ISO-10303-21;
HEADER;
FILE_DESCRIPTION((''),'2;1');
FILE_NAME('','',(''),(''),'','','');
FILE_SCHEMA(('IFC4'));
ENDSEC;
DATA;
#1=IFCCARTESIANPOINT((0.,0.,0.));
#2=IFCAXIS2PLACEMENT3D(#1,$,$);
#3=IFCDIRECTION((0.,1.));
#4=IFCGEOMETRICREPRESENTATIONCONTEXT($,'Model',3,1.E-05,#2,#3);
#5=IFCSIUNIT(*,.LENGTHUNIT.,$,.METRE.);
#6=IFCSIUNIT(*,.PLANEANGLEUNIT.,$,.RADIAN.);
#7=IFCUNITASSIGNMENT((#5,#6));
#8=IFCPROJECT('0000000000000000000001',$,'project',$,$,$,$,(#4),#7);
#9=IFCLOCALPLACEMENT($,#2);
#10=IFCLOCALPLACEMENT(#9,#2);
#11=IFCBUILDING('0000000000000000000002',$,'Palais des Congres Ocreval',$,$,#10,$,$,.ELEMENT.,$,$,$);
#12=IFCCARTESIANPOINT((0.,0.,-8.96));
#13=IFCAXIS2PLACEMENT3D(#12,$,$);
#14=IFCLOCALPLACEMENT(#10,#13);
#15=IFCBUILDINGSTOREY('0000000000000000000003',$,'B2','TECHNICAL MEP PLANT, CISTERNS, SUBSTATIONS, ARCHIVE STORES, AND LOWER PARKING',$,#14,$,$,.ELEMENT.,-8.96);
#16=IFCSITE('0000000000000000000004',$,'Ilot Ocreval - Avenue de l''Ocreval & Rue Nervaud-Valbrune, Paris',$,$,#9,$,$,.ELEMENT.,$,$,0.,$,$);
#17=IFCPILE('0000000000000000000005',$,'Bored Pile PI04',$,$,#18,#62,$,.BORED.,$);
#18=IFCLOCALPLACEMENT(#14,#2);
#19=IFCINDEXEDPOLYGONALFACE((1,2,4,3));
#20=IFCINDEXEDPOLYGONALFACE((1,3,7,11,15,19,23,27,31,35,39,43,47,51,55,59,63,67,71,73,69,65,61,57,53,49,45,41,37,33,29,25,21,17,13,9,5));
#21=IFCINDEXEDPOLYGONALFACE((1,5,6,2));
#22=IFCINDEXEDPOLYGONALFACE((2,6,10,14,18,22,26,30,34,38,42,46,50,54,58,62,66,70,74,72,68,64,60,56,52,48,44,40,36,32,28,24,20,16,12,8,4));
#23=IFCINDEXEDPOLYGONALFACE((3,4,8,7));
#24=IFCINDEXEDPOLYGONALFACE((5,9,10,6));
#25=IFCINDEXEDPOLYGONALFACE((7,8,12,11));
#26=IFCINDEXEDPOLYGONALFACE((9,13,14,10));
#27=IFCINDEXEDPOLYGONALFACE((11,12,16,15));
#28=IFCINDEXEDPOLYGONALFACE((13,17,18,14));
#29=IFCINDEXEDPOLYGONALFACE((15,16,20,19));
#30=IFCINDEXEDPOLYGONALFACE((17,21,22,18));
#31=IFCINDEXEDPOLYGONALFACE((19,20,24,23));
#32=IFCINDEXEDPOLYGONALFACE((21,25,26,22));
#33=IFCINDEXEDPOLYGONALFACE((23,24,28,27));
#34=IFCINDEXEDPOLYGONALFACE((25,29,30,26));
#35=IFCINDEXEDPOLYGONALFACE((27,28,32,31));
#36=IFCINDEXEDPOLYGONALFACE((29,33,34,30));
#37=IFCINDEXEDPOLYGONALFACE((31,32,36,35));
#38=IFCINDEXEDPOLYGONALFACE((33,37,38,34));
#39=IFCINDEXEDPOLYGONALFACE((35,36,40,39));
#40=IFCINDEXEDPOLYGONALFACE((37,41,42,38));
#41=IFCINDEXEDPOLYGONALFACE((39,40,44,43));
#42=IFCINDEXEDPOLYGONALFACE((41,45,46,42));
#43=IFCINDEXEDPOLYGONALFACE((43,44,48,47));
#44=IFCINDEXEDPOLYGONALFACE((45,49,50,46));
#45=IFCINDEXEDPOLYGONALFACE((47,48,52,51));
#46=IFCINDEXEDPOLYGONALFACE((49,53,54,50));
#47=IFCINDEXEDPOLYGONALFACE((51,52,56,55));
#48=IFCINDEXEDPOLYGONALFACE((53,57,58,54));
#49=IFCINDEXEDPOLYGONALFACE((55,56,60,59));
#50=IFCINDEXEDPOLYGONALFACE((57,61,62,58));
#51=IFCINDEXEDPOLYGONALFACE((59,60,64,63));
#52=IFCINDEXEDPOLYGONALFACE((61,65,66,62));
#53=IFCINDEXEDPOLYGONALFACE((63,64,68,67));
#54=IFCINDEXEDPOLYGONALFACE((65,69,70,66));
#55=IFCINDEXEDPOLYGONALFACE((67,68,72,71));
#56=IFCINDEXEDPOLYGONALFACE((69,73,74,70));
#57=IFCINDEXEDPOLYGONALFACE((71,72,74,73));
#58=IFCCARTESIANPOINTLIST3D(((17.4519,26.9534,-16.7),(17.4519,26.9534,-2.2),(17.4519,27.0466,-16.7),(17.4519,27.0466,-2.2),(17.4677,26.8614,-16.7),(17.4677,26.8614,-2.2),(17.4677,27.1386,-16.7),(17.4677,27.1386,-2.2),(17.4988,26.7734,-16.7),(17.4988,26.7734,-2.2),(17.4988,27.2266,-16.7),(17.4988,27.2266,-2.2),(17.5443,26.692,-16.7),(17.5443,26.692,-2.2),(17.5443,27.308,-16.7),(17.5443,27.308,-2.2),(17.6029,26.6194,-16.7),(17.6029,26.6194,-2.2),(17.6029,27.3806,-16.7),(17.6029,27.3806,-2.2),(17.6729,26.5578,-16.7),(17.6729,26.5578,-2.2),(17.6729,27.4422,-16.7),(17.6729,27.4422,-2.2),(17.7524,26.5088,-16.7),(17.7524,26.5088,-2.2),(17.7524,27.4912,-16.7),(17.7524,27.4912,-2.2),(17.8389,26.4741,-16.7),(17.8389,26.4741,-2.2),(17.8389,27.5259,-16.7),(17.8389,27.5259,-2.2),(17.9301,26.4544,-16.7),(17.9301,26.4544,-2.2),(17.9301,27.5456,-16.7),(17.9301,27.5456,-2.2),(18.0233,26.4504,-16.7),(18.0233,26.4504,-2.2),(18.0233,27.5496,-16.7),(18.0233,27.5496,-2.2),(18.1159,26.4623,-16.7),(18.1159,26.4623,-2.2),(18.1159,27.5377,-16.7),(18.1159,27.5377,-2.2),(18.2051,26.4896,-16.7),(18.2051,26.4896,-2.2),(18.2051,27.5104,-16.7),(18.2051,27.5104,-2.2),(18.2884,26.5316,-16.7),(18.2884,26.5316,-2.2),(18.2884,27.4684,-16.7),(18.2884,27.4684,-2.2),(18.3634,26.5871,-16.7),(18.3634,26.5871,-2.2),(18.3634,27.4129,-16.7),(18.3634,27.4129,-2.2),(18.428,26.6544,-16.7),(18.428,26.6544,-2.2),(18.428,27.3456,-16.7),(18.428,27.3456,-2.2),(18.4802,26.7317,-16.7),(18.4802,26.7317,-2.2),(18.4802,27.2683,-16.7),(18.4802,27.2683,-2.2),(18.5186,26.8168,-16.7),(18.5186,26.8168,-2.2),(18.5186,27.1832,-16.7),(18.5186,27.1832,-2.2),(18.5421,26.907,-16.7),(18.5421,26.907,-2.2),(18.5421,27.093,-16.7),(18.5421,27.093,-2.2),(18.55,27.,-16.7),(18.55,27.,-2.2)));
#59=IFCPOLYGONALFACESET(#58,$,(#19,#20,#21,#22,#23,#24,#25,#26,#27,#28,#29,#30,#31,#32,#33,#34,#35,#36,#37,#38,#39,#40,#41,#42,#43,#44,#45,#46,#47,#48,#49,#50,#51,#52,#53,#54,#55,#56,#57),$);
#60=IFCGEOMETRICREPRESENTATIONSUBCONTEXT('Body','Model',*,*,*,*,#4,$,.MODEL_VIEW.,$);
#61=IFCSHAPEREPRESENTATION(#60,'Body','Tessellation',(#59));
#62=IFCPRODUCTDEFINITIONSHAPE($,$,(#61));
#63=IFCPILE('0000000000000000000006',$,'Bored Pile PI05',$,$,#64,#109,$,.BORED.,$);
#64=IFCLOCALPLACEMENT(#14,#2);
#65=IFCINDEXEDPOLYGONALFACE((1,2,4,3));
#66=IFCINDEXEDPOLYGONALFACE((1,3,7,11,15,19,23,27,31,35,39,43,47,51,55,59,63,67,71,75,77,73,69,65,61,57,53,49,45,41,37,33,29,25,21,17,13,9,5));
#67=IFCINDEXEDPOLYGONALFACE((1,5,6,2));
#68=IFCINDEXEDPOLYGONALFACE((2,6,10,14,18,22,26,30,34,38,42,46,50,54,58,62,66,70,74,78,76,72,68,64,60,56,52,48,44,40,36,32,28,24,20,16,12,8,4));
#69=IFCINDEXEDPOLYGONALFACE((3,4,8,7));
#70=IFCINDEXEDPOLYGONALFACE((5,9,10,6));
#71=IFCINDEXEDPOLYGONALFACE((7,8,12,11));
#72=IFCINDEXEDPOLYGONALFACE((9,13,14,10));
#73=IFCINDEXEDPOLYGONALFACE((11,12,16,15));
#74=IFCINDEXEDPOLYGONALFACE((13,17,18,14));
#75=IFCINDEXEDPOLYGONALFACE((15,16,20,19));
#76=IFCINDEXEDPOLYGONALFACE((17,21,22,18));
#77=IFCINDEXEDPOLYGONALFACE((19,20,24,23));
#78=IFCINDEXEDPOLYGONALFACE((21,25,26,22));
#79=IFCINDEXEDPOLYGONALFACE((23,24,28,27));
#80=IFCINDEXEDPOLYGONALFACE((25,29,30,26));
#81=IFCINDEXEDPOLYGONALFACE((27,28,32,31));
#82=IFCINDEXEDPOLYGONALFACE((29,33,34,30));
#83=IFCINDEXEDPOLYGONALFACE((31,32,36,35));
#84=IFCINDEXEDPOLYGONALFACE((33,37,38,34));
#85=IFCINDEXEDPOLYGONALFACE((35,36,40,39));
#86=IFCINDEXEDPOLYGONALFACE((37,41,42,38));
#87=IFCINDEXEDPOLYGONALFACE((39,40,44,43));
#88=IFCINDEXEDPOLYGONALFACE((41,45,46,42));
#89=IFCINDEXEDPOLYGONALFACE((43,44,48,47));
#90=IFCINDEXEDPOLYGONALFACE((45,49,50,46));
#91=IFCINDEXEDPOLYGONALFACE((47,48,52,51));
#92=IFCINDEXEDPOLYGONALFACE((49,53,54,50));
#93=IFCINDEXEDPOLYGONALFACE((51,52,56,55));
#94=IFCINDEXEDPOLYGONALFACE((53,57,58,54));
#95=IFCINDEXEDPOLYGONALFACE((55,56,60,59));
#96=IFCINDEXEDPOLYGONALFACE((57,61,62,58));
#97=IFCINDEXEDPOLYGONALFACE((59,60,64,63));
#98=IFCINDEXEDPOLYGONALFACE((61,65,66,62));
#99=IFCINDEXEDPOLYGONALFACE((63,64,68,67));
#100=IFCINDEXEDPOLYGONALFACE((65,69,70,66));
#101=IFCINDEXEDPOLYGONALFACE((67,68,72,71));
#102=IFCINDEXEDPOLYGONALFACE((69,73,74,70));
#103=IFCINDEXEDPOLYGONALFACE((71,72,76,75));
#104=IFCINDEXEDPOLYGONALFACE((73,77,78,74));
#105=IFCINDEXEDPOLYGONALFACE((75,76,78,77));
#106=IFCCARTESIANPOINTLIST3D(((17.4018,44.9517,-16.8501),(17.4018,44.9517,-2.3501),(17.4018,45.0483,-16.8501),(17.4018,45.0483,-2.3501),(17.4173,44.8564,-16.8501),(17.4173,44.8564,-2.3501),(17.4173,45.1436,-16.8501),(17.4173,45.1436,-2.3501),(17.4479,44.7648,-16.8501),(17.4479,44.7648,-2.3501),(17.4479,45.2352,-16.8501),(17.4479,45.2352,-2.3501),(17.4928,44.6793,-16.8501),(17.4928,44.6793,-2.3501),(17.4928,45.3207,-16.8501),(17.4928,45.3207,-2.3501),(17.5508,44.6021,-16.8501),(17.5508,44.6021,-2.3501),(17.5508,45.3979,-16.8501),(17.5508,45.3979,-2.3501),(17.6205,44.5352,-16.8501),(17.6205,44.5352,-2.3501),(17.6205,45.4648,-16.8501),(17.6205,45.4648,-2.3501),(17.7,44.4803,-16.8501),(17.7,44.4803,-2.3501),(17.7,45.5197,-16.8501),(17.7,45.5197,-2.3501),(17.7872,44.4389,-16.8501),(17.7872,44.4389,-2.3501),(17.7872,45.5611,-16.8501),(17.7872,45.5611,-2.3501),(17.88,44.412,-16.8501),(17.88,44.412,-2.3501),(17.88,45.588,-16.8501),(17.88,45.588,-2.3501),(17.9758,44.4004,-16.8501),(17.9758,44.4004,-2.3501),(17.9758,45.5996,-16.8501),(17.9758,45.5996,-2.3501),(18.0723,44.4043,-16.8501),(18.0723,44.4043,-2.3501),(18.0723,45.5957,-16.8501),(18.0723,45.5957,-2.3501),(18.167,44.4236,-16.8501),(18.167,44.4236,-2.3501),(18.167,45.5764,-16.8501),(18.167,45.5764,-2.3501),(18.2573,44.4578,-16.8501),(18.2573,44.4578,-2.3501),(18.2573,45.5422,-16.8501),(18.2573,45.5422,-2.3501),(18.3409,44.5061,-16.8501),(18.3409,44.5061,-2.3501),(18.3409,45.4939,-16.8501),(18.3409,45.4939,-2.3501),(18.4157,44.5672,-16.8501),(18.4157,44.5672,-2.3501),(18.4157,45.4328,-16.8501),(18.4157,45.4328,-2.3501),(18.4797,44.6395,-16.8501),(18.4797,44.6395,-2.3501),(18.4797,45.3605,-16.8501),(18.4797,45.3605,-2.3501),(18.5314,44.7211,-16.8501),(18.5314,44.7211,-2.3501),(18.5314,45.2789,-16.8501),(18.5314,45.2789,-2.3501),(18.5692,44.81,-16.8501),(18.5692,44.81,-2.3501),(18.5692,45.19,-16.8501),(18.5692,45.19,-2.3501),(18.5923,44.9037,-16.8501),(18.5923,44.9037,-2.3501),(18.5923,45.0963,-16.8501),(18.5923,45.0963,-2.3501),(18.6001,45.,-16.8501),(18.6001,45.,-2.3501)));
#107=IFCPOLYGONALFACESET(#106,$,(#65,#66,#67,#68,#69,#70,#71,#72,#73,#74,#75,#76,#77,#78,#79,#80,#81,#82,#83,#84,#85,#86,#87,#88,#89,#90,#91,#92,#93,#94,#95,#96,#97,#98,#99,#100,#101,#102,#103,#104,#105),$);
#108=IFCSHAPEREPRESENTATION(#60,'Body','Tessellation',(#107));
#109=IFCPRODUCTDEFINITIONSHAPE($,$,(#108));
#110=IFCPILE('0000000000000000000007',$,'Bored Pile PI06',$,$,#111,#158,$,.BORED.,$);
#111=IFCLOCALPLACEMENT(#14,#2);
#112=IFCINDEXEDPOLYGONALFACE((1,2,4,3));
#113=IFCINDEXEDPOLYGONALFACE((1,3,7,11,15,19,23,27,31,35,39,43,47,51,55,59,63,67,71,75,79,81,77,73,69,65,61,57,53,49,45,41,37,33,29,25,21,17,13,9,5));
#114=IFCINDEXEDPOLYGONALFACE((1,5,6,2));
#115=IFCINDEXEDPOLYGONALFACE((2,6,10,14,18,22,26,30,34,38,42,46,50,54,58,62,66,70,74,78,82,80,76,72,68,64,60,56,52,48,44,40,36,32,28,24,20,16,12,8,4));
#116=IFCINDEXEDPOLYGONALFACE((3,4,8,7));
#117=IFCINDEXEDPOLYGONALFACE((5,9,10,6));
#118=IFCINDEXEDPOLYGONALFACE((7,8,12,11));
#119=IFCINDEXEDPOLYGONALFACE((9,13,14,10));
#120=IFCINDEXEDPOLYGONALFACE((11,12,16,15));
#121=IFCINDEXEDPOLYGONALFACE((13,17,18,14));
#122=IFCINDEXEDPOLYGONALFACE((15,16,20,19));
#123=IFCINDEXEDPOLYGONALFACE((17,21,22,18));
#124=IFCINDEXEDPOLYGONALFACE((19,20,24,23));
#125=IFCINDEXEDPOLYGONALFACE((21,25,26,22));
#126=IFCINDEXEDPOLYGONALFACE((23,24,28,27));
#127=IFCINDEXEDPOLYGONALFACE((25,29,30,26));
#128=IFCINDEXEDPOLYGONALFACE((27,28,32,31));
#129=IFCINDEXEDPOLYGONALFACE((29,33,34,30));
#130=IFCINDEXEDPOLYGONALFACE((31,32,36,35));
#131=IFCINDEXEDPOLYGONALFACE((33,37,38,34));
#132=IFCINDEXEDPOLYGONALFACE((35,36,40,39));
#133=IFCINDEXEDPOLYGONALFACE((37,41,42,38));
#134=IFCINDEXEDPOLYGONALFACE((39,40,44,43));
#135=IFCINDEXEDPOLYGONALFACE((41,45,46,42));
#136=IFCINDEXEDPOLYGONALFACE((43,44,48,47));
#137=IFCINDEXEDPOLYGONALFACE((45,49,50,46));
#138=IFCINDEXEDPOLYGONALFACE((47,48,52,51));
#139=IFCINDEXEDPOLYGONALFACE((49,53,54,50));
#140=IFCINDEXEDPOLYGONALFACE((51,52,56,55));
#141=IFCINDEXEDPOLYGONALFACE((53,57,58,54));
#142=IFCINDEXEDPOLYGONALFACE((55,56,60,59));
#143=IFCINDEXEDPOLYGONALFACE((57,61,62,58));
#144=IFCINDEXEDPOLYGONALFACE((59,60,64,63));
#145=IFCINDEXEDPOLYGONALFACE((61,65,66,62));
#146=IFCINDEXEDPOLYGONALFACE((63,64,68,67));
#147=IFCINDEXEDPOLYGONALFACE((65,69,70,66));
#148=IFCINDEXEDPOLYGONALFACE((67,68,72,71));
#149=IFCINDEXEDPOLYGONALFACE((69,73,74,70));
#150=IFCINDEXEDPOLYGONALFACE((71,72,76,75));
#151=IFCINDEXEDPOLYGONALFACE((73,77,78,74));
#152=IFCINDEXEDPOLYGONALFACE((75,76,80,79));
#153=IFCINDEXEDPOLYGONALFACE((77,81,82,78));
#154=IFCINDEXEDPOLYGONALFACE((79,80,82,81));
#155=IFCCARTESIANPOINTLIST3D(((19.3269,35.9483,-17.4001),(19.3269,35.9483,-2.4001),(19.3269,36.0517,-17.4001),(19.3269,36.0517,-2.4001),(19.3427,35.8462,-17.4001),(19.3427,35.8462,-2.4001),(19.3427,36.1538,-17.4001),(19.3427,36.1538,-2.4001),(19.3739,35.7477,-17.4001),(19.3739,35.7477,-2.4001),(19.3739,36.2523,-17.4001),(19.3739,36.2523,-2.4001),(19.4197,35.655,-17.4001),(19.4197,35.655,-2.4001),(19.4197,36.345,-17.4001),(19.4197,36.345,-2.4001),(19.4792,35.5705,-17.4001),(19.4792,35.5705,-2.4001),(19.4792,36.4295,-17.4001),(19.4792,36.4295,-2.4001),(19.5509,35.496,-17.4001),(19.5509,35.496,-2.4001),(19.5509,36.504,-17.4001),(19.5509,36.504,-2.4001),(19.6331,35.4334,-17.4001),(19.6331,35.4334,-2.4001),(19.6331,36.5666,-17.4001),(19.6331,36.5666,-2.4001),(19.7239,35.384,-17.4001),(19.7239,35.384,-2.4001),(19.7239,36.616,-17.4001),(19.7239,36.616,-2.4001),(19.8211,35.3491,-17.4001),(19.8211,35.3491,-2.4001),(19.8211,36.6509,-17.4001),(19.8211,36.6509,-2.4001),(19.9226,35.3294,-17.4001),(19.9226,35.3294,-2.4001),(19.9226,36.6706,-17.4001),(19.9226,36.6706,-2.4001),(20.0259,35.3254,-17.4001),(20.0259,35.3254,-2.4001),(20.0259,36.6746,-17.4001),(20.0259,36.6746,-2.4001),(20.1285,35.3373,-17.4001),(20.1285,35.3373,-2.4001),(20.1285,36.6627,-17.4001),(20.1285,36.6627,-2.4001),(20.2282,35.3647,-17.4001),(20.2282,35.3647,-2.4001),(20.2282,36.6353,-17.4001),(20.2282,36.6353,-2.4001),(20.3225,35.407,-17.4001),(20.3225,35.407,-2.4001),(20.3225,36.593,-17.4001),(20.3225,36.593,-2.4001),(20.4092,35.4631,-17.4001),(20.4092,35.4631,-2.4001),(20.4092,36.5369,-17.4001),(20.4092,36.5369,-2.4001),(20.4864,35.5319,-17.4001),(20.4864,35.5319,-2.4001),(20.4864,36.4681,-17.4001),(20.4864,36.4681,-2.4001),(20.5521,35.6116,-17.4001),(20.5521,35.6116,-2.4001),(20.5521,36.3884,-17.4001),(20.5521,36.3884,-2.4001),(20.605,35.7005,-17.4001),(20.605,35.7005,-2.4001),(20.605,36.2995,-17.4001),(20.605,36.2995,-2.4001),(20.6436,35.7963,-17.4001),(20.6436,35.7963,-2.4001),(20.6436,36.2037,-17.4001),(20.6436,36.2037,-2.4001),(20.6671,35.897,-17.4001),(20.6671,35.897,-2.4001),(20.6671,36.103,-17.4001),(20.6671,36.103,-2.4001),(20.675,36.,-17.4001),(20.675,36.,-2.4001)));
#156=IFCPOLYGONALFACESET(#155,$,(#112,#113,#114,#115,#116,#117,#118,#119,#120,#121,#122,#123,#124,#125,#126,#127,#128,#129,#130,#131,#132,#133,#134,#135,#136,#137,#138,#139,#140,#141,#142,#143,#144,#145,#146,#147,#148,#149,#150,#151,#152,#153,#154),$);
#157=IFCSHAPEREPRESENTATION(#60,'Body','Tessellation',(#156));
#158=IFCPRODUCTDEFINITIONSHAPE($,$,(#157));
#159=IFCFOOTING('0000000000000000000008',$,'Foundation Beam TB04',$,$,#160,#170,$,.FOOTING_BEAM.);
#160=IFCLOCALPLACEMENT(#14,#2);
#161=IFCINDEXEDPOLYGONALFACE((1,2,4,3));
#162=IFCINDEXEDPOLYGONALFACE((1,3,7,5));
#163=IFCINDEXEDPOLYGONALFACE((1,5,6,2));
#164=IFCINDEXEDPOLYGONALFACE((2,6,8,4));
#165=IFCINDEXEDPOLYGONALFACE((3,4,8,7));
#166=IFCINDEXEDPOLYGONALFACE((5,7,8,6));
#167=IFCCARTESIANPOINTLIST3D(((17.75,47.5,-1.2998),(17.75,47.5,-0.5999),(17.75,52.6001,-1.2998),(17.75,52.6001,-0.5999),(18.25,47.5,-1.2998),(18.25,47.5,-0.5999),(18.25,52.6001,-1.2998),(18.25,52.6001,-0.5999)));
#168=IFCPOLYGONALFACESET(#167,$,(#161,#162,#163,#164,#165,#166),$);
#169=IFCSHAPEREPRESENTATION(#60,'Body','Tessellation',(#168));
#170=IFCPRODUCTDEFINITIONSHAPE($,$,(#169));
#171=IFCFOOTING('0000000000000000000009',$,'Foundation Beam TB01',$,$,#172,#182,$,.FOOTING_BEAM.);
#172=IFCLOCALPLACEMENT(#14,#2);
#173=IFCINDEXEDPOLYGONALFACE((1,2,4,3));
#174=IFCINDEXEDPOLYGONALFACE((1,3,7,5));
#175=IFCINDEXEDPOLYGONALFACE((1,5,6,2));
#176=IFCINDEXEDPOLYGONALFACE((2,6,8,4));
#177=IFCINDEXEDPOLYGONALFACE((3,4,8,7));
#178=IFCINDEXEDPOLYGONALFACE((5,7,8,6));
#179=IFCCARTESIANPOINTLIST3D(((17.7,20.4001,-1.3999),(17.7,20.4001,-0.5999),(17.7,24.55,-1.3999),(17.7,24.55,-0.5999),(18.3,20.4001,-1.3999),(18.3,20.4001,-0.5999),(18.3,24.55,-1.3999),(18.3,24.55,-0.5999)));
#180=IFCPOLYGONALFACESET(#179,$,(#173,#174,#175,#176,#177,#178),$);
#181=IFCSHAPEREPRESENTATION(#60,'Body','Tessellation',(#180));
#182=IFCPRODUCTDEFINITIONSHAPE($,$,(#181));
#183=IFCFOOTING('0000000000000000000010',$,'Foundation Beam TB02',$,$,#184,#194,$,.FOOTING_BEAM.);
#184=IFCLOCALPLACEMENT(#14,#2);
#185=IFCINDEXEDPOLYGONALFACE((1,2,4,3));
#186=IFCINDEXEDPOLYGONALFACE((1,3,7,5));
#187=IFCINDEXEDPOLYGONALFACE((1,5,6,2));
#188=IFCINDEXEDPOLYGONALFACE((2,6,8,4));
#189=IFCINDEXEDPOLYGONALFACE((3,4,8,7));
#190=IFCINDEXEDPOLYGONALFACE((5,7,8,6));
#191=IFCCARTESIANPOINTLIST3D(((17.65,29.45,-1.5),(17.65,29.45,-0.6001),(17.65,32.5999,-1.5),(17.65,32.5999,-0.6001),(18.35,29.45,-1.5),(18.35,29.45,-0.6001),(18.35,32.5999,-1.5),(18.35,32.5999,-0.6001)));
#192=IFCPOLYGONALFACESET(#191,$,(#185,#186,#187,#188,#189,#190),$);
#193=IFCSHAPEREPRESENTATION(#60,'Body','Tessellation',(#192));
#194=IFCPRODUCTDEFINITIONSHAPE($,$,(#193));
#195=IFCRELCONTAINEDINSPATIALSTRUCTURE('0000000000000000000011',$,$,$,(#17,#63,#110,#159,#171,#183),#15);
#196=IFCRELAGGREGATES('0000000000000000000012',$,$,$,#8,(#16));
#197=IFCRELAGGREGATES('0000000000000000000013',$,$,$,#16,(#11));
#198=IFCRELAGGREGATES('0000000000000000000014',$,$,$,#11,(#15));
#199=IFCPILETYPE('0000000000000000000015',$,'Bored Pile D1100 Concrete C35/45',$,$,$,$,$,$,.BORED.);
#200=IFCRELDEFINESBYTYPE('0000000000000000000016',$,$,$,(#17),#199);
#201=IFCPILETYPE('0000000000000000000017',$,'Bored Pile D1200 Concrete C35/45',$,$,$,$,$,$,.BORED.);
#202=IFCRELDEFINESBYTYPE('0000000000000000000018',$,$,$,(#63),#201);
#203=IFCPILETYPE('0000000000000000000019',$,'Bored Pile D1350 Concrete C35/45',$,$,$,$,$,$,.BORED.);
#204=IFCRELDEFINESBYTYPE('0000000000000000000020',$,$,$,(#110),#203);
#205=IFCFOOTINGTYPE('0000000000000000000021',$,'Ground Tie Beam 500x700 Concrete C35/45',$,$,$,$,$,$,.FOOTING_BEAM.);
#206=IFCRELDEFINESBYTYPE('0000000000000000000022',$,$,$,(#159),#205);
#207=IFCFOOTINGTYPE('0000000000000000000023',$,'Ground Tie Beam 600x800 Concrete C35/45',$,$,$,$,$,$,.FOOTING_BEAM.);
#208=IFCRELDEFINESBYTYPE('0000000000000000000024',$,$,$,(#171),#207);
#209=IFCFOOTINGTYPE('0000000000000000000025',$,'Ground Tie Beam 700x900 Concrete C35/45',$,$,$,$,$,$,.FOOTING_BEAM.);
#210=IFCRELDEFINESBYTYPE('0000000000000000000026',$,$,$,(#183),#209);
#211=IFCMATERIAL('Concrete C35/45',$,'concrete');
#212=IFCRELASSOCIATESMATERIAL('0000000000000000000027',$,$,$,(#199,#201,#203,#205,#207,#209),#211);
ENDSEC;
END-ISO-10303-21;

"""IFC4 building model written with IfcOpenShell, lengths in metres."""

from ifc_helpers import new_model, si_unit, direction, frame, origin, origin_2d, place, context, subcontext, project, spatial, rectangle, circle, extrude, material, material_profile, profile_set, type_object, element, save


model = new_model("IFC4")

# Units and contexts
model_context = context("Model", 3, precision=1e-05, world=origin(), true_north=direction((0.0, 1.0)))
body_context = subcontext(model_context, "Body", "Model", "MODEL_VIEW")
ifc_project = project(units=[si_unit("LENGTHUNIT", "METRE"), si_unit("PLANEANGLEUNIT", "RADIAN")], contexts=[model_context])

# Site, building, storey
site_placement = place(None, origin())
site = spatial("IfcSite", under=ifc_project, at=site_placement, Name="Ilot Ocreval - Avenue de l'Ocreval & Rue Nervaud-Valbrune, Paris", CompositionType="ELEMENT", RefElevation=0.0)
building_placement = place(site_placement, origin())
building = spatial("IfcBuilding", under=site, at=building_placement, Name="Palais des Congres Ocreval", CompositionType="ELEMENT")
storey_placement = place(building_placement, frame((0.0, 0.0, -8.96)))
storey = spatial("IfcBuildingStorey", under=building, at=storey_placement, Name="B2", Description="TECHNICAL MEP PLANT, CISTERNS, SUBSTATIONS, ARCHIVE STORES, AND LOWER PARKING", CompositionType="ELEMENT", Elevation=-8.96)

# Piles
ifc_material_1 = material(Name="Concrete C35/45", Category="concrete")
ifc_material_profile_1 = material_profile(ifc_material_1, circle(Radius=0.55, at=origin_2d()), Name="BORED PILE 1100")
ifc_profile_set_1 = profile_set([ifc_material_profile_1], Name="Concrete C35/45")
pile_type_1 = type_object("IfcPileType", Name="Bored Pile D1100 Concrete C35/45", PredefinedType="BORED", material=ifc_profile_set_1)
pile_1_placement = place(storey_placement, frame((18.0, 27.0, -2.2), z_axis=(0.0, 0.0, -1.0), x_axis=(1.0, 0.0, 0.0)))
element("IfcPile", 1, at=pile_1_placement, inside=storey, type_object=pile_type_1, Name="Bored Pile PI04", PredefinedType="BORED", context=body_context, shape_type="SweptSolid", body=[
    extrude(circle(Radius=0.55, at=origin_2d()), origin(), (0.0, 0.0, 1.0), 14.5),
])
ifc_material_profile_2 = material_profile(ifc_material_1, circle(Radius=0.6001, at=origin_2d()), Name="BORED PILE 1200")
ifc_profile_set_2 = profile_set([ifc_material_profile_2], Name="Concrete C35/45")
pile_type_2 = type_object("IfcPileType", Name="Bored Pile D1200 Concrete C35/45", PredefinedType="BORED", material=ifc_profile_set_2)
pile_2_placement = place(storey_placement, frame((18.0, 45.0, -2.3501), z_axis=(0.0, 0.0, -1.0), x_axis=(1.0, 0.0, 0.0)))
element("IfcPile", 2, at=pile_2_placement, inside=storey, type_object=pile_type_2, Name="Bored Pile PI05", PredefinedType="BORED", context=body_context, shape_type="SweptSolid", body=[
    extrude(circle(Radius=0.6001, at=origin_2d()), origin(), (0.0, 0.0, 1.0), 14.5),
])
ifc_material_profile_3 = material_profile(ifc_material_1, circle(Radius=0.675, at=origin_2d()), Name="BORED PILE 1350")
ifc_profile_set_3 = profile_set([ifc_material_profile_3], Name="Concrete C35/45")
pile_type_3 = type_object("IfcPileType", Name="Bored Pile D1350 Concrete C35/45", PredefinedType="BORED", material=ifc_profile_set_3)
pile_3_placement = place(storey_placement, frame((20.0, 36.0, -2.4001), z_axis=(0.0, 0.0, -1.0), x_axis=(1.0, 0.0, 0.0)))
element("IfcPile", 3, at=pile_3_placement, inside=storey, type_object=pile_type_3, Name="Bored Pile PI06", PredefinedType="BORED", context=body_context, shape_type="SweptSolid", body=[
    extrude(circle(Radius=0.675, at=origin_2d()), origin(), (0.0, 0.0, 1.0), 15.0),
])

# Footings
footing_type_1 = type_object("IfcFootingType", Name="Ground Tie Beam 500x700 Concrete C35/45", PredefinedType="FOOTING_BEAM", material=ifc_material_1)
footing_1_placement = place(storey_placement, frame((18.0, 50.05, -1.2998), z_axis=(0.0, 0.0, 1.0), x_axis=(0.0, 1.0, 0.0)))
element("IfcFooting", 4, at=footing_1_placement, inside=storey, type_object=footing_type_1, Name="Foundation Beam TB04", PredefinedType="FOOTING_BEAM", context=body_context, shape_type="SweptSolid", body=[
    extrude(rectangle(XDim=5.1001, YDim=0.5, at=origin_2d()), origin(), (0.0, 0.0, 1.0), 0.7),
])
footing_type_2 = type_object("IfcFootingType", Name="Ground Tie Beam 600x800 Concrete C35/45", PredefinedType="FOOTING_BEAM", material=ifc_material_1)
footing_2_placement = place(storey_placement, frame((18.0, 22.4751, -1.3999), z_axis=(0.0, 0.0, 1.0), x_axis=(0.0, 1.0, 0.0)))
element("IfcFooting", 5, at=footing_2_placement, inside=storey, type_object=footing_type_2, Name="Foundation Beam TB01", PredefinedType="FOOTING_BEAM", context=body_context, shape_type="SweptSolid", body=[
    extrude(rectangle(XDim=4.1499, YDim=0.6001, at=origin_2d()), origin(), (0.0, 0.0, 1.0), 0.8),
])
footing_type_3 = type_object("IfcFootingType", Name="Ground Tie Beam 700x900 Concrete C35/45", PredefinedType="FOOTING_BEAM", material=ifc_material_1)
footing_3_placement = place(storey_placement, frame((18.0, 31.0249, -1.5), z_axis=(0.0, 0.0, 1.0), x_axis=(0.0, 1.0, 0.0)))
element("IfcFooting", 6, at=footing_3_placement, inside=storey, type_object=footing_type_3, Name="Foundation Beam TB02", PredefinedType="FOOTING_BEAM", context=body_context, shape_type="SweptSolid", body=[
    extrude(rectangle(XDim=3.1499, YDim=0.7, at=origin_2d()), origin(), (0.0, 0.0, 1.0), 0.8999),
])

save(model, "model.ifc")
